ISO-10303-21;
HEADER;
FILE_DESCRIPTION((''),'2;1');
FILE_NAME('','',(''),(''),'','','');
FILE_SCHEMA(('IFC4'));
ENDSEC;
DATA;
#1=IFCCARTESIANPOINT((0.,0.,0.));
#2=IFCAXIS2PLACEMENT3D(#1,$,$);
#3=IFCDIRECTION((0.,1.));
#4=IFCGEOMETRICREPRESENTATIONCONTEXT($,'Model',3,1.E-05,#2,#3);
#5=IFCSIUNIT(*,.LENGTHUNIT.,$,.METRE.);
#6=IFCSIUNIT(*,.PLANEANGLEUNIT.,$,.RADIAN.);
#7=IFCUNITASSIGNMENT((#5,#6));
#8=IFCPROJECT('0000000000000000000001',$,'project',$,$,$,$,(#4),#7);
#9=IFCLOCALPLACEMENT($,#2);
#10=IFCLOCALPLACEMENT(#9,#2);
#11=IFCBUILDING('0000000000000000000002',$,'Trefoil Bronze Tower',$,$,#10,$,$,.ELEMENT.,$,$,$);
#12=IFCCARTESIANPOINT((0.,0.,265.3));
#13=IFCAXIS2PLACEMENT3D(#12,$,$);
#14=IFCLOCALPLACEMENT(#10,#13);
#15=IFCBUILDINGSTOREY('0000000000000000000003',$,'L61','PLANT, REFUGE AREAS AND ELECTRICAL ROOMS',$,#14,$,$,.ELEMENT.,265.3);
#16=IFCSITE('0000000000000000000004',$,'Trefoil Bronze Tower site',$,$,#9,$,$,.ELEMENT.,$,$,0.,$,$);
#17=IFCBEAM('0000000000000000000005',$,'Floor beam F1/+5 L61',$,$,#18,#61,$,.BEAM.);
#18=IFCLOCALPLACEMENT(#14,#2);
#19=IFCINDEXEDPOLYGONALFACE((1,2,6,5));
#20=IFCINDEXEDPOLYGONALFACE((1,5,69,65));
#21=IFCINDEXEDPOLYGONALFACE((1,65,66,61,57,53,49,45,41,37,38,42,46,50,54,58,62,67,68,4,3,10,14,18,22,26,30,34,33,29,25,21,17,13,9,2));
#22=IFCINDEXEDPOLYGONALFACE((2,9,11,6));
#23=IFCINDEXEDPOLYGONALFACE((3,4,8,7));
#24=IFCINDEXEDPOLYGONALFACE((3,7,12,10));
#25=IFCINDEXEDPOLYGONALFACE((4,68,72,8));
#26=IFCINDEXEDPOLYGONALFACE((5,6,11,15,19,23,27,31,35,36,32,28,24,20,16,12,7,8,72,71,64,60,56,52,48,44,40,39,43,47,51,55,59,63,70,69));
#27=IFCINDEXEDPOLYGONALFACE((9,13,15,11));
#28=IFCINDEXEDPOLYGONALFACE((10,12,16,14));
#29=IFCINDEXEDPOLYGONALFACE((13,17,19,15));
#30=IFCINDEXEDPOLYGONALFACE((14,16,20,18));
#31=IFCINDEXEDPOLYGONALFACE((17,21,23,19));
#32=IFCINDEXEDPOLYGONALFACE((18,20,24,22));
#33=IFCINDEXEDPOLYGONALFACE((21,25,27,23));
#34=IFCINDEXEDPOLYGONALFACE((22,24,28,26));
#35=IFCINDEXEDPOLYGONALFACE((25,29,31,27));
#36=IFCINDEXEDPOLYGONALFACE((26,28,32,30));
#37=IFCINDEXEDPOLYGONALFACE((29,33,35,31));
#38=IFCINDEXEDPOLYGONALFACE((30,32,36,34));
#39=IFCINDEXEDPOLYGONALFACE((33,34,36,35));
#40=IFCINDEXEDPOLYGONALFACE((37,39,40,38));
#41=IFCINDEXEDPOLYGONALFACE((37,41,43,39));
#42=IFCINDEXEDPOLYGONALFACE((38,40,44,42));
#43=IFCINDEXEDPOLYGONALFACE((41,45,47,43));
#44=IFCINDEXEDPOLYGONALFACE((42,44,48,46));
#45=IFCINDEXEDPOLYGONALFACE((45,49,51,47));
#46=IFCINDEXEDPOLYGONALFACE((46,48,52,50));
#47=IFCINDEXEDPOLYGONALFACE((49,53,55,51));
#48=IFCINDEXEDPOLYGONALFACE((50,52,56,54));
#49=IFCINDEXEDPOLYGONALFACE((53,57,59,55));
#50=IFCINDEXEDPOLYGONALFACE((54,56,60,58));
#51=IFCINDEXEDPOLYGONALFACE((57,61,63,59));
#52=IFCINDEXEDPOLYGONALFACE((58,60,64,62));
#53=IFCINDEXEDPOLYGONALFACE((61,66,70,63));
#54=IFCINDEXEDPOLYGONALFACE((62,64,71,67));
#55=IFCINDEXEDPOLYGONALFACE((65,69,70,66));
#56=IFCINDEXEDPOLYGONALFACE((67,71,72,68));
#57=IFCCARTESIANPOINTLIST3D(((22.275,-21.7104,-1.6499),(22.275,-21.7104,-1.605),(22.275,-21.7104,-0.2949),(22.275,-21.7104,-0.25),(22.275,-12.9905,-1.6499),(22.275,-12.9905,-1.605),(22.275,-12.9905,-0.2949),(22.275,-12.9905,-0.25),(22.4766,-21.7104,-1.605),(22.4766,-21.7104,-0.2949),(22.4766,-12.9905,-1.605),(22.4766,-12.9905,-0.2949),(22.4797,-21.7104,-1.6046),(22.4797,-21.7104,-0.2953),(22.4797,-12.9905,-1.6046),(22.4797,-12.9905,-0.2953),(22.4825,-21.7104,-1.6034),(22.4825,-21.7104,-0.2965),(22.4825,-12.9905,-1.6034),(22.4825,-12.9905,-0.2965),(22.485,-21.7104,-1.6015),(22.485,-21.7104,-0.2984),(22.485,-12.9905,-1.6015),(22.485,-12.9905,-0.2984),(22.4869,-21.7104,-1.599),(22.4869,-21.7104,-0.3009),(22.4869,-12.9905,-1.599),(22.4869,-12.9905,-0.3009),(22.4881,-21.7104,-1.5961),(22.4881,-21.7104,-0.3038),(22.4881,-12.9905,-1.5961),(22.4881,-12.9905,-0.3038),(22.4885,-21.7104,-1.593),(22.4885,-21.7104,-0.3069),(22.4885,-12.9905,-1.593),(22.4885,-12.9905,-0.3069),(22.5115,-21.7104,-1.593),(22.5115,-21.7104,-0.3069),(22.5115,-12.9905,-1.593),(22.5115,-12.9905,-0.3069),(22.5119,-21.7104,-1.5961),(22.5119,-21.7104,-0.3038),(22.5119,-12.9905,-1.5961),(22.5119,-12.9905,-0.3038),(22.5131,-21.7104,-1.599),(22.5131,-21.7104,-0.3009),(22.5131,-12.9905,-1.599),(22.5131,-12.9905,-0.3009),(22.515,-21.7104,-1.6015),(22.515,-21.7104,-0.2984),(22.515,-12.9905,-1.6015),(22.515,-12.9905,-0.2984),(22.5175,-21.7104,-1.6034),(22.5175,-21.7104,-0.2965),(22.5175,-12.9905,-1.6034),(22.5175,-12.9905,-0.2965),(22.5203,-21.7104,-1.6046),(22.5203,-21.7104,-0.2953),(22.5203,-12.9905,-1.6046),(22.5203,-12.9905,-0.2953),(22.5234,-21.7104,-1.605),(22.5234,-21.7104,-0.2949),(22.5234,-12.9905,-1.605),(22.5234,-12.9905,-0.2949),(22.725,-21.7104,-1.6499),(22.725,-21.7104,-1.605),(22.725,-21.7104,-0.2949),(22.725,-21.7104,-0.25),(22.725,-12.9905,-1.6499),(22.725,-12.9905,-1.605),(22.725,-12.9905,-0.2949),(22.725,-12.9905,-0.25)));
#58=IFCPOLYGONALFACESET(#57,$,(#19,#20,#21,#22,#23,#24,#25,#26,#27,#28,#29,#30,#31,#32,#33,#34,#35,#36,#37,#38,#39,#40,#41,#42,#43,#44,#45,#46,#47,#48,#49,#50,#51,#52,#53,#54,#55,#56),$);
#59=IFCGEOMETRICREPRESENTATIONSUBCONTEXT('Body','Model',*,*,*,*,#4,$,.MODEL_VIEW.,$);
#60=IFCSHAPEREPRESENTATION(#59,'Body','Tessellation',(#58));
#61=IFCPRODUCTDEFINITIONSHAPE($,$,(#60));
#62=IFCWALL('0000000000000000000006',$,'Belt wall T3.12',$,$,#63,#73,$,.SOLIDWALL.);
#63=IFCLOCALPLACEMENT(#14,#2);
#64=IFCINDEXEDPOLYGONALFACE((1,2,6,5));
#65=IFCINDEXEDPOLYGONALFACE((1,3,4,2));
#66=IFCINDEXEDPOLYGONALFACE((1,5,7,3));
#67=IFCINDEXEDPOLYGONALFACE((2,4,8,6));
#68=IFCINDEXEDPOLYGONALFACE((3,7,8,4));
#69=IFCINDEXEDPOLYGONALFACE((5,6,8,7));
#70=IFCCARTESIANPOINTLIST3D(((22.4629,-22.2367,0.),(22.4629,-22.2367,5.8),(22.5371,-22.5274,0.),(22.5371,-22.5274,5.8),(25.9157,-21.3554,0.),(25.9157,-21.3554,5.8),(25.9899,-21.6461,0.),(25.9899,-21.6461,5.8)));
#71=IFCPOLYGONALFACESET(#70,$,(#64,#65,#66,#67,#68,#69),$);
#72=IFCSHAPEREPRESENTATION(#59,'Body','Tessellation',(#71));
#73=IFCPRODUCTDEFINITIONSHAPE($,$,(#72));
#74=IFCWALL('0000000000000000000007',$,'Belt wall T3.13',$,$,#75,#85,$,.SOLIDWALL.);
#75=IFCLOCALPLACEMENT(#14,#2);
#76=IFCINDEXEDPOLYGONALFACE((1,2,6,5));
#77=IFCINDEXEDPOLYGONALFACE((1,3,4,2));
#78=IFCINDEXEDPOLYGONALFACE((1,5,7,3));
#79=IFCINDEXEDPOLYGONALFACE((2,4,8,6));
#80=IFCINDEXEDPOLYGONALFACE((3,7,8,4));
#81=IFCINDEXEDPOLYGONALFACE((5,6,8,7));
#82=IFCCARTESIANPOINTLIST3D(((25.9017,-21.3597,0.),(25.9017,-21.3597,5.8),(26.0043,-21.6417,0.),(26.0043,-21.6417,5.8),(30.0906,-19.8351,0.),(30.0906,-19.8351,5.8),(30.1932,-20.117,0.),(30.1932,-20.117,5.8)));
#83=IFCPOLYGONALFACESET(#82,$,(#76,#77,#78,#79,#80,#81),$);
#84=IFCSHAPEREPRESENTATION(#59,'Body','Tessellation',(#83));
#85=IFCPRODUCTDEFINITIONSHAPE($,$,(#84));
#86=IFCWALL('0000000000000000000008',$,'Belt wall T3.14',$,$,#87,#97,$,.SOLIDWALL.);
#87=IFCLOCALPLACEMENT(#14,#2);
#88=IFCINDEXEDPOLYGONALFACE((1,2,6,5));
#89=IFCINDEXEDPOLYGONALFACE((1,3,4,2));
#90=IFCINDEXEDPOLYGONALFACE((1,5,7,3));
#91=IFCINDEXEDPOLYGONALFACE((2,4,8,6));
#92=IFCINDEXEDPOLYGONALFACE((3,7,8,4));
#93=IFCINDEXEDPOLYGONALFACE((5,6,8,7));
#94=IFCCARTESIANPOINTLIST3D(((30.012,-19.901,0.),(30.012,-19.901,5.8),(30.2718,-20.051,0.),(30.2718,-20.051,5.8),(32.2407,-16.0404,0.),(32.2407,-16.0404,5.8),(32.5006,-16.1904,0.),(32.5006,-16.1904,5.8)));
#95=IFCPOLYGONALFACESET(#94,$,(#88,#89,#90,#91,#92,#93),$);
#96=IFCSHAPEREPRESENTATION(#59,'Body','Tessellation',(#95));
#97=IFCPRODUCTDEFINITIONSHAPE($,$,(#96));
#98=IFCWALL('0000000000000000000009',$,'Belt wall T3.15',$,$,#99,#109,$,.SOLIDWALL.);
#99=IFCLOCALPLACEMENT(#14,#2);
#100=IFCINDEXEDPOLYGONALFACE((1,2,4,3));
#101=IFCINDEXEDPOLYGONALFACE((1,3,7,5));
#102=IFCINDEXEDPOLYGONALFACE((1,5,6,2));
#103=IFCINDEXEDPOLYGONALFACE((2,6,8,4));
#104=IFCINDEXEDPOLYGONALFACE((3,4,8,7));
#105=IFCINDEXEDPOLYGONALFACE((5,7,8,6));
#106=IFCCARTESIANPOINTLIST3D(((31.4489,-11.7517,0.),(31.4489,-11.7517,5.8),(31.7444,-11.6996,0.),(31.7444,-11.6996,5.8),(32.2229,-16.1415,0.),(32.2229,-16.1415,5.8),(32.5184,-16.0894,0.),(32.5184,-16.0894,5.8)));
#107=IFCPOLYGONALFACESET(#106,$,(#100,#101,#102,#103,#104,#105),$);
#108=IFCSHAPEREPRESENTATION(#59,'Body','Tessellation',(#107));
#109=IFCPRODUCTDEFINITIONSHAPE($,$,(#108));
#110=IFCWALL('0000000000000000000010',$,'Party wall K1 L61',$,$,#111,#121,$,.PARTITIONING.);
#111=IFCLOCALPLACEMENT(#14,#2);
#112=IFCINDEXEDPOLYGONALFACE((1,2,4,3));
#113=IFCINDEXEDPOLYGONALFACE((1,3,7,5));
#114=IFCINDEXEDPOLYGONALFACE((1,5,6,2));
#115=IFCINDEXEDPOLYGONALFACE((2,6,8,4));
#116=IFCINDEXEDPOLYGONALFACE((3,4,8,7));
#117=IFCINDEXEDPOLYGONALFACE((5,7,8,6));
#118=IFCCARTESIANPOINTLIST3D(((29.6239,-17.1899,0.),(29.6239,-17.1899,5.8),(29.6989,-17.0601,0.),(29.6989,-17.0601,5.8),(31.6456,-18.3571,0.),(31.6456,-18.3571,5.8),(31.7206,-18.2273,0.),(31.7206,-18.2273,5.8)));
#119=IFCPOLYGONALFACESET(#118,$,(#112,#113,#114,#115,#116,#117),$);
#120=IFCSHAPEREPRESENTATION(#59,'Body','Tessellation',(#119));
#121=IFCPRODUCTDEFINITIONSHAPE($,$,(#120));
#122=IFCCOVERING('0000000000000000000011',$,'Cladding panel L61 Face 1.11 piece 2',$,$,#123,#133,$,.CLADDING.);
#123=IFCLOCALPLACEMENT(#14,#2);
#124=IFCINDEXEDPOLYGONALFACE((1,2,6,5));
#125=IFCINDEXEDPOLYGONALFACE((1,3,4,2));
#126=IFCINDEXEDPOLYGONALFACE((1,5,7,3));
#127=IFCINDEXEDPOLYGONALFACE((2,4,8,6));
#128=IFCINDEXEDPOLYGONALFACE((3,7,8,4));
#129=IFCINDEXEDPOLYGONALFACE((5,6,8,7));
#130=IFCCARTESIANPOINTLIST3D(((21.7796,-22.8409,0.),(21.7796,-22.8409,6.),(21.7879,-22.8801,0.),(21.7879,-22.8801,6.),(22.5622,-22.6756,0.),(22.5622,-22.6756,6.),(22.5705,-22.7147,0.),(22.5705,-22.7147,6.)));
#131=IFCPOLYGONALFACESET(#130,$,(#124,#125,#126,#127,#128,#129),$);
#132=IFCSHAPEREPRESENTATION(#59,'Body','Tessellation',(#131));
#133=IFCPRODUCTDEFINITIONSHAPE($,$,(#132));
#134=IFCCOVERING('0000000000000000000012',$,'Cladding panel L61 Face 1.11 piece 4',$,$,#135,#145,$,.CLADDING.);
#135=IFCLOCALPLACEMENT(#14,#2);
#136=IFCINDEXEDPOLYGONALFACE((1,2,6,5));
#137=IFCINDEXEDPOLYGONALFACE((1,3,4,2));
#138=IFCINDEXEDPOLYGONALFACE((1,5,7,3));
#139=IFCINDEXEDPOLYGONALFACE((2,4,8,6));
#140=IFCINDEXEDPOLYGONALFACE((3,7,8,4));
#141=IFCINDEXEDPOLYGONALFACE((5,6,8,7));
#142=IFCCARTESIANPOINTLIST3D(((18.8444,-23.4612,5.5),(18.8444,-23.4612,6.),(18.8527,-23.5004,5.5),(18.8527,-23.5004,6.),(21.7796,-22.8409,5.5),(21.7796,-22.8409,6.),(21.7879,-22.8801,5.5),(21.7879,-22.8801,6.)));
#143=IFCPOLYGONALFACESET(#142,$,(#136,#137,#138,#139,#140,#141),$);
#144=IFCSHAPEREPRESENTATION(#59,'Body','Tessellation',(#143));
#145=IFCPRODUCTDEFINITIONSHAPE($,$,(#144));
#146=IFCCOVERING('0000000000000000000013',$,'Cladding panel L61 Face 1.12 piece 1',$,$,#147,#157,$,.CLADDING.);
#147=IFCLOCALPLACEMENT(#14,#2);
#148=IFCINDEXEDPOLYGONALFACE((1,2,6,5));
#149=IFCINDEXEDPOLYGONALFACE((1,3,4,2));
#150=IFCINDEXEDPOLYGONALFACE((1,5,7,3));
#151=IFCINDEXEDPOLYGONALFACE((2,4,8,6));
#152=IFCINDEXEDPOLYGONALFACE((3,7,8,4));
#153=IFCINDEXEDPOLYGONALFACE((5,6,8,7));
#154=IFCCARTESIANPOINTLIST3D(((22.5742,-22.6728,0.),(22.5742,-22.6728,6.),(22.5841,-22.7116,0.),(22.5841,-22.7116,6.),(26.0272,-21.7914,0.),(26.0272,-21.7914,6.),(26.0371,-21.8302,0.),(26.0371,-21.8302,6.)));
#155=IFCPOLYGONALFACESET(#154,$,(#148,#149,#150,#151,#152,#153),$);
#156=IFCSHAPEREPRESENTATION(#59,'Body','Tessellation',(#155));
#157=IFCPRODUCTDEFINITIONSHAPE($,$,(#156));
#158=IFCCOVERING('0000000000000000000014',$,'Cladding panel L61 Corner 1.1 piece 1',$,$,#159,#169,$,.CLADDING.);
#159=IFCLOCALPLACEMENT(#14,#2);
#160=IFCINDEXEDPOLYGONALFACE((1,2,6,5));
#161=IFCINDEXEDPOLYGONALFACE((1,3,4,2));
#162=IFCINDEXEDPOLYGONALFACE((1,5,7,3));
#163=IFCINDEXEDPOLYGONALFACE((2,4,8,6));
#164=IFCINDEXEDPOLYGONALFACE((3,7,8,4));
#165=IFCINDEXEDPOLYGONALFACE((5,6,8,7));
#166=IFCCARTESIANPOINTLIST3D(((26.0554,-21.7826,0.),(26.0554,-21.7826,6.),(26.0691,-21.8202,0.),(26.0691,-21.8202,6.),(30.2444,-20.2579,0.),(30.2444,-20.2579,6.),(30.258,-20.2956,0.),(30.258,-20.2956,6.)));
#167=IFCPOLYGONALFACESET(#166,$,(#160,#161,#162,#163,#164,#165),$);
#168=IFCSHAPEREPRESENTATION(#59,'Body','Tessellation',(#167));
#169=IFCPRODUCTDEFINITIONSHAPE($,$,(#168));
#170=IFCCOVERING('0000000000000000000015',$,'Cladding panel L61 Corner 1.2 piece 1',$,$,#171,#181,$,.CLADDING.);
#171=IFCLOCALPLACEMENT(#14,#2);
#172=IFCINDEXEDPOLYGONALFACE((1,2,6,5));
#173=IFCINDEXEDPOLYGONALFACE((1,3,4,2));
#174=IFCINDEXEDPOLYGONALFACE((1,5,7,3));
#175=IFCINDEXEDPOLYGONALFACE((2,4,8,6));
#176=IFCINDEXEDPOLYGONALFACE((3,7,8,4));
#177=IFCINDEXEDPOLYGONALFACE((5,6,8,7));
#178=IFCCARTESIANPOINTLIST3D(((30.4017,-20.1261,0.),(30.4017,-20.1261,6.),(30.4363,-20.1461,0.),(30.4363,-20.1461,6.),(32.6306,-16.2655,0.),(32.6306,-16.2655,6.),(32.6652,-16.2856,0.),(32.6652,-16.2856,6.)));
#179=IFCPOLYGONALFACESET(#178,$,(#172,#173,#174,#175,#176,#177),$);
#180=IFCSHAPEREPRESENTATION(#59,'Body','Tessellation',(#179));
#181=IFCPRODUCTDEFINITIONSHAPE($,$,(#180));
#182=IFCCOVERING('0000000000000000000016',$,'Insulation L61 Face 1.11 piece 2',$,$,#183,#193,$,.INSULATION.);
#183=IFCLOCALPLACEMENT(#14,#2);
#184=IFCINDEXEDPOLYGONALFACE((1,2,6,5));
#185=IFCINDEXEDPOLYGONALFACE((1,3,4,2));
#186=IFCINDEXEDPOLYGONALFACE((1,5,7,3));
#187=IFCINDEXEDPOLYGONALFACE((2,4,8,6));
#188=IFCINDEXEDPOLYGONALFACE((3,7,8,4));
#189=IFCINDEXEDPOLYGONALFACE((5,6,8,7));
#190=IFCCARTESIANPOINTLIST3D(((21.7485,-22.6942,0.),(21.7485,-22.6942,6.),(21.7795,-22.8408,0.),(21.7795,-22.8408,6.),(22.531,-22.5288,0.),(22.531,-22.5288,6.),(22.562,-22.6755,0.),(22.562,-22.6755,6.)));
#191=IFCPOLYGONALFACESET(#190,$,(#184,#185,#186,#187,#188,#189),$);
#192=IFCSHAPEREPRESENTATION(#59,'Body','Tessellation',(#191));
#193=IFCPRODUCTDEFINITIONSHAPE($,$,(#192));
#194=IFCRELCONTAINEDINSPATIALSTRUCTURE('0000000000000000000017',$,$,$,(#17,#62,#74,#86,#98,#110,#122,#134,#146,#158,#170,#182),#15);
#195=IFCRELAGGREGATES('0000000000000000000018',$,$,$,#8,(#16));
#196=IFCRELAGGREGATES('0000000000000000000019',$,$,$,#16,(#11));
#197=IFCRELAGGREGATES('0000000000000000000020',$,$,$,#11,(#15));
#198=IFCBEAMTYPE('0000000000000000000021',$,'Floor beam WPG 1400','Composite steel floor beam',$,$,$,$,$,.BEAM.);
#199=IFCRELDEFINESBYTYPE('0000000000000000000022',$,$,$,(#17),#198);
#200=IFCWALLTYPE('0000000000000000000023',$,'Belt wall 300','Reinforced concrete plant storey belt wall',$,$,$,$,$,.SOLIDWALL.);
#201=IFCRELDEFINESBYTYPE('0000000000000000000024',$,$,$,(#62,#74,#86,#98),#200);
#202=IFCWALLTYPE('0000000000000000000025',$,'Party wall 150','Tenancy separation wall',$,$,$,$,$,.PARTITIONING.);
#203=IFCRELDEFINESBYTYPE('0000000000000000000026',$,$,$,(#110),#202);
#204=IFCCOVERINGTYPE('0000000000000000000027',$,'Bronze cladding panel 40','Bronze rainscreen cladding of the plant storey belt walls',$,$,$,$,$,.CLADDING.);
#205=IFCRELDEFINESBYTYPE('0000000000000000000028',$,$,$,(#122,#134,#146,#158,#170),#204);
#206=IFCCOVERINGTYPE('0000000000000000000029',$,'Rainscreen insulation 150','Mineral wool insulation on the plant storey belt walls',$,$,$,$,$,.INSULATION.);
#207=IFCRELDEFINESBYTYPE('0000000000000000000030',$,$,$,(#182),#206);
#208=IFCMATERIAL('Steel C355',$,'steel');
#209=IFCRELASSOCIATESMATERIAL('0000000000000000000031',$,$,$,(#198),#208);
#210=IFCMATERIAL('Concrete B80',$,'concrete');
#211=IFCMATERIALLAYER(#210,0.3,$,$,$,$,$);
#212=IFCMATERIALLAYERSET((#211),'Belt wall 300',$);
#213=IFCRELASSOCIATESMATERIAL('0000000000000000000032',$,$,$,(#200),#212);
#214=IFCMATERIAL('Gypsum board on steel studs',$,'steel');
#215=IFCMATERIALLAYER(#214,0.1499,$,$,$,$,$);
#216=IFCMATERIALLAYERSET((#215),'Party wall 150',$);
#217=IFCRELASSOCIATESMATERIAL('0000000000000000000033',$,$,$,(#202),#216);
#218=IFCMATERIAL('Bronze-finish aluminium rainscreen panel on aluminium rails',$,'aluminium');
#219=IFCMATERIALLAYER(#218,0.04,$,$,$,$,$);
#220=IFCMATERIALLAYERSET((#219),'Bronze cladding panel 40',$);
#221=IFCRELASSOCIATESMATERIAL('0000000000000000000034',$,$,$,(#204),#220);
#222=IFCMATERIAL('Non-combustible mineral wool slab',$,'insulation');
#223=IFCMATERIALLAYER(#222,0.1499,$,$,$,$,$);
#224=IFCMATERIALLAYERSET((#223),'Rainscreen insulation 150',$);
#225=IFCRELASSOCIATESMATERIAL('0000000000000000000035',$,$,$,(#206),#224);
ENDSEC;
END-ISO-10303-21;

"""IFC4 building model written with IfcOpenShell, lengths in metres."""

from ifc_helpers import new_model, si_unit, direction, frame, frame_2d, origin, origin_2d, place, context, subcontext, project, spatial, rectangle, i_section, extrude, material, layer, layer_set, material_profile, profile_set, type_object, element, save


model = new_model("IFC4")

# Units and contexts
model_context = context("Model", 3, precision=1e-05, world=origin(), true_north=direction((0.0, 1.0)))
body_context = subcontext(model_context, "Body", "Model", "MODEL_VIEW")
ifc_project = project(units=[si_unit("LENGTHUNIT", "METRE"), si_unit("PLANEANGLEUNIT", "RADIAN")], contexts=[model_context])

# Site, building, storey
site_placement = place(None, origin())
site = spatial("IfcSite", under=ifc_project, at=site_placement, Name="Trefoil Bronze Tower site", CompositionType="ELEMENT", RefElevation=0.0)
building_placement = place(site_placement, origin())
building = spatial("IfcBuilding", under=site, at=building_placement, Name="Trefoil Bronze Tower", CompositionType="ELEMENT")
storey_placement = place(building_placement, frame((0.0, 0.0, 265.3)))
storey = spatial("IfcBuildingStorey", under=building, at=storey_placement, Name="L61", Description="PLANT, REFUGE AREAS AND ELECTRICAL ROOMS", CompositionType="ELEMENT", Elevation=265.3)

# Beam
ifc_material_1 = material(Name="Steel C355", Category="steel")
ifc_material_profile_1 = material_profile(ifc_material_1, i_section(OverallWidth=0.45, OverallDepth=1.3999, WebThickness=0.0229, FlangeThickness=0.0449, FilletRadius=0.012, at=origin_2d()), Name="WPG 1400")
ifc_profile_set_1 = profile_set([ifc_material_profile_1], Name="Steel C355")
beam_type_1 = type_object("IfcBeamType", Name="Floor beam WPG 1400", Description="Composite steel floor beam", PredefinedType="BEAM", material=ifc_profile_set_1)
beam_1_placement = place(storey_placement, frame((22.5, -21.7104, -0.95), z_axis=(0.0, 1.0, 0.0), x_axis=(-1.0, 0.0, 0.0)))
element("IfcBeam", 1, at=beam_1_placement, inside=storey, type_object=beam_type_1, Name="Floor beam F1/+5 L61", PredefinedType="BEAM", context=body_context, shape_type="SweptSolid", body=[
    extrude(i_section(OverallWidth=0.45, OverallDepth=1.3999, WebThickness=0.0229, FlangeThickness=0.0449, FilletRadius=0.012, at=origin_2d()), origin(), (0.0, 0.0, 1.0), 8.72),
])

# Walls
ifc_material_2 = material(Name="Concrete B80", Category="concrete")
ifc_layer_1 = layer(ifc_material_2, 0.3)
ifc_layer_set_1 = layer_set([ifc_layer_1], Name="Belt wall 300")
wall_type_1 = type_object("IfcWallType", Name="Belt wall 300", Description="Reinforced concrete plant storey belt wall", PredefinedType="SOLIDWALL", material=ifc_layer_set_1)
wall_1_placement = place(storey_placement, frame((22.5, -22.3821, 0.0), z_axis=(0.0, 0.0, 1.0), x_axis=(0.968934, 0.24732, 0.0)))
element("IfcWall", 2, at=wall_1_placement, inside=storey, type_object=wall_type_1, Name="Belt wall T3.12", PredefinedType="SOLIDWALL", context=body_context, shape_type="SweptSolid", body=[
    extrude(rectangle(XDim=3.5635, YDim=0.3, at=frame_2d((1.7817, 0.0))), origin(), (0.0, 0.0, 1.0), 5.8),
])
for number, where, z_axis, x_axis, name in (
    (3, (25.9529, -21.5007, 0.0), (0.0, 0.0, 1.0), (0.939693, 0.34202, 0.0), "Belt wall T3.13"),
    (4, (30.1418, -19.9761, 0.0), (0.0, 0.0, 1.0), (0.499974, 0.866041, 0.0), "Belt wall T3.14"),
):
    element("IfcWall", number, at=place(storey_placement, frame(where, z_axis=z_axis, x_axis=x_axis)), inside=storey, type_object=wall_type_1, Name=name, PredefinedType="SOLIDWALL", context=body_context, shape_type="SweptSolid", body=[
        extrude(rectangle(XDim=4.4578, YDim=0.3, at=frame_2d((2.229, 0.0))), origin(), (0.0, 0.0, 1.0), 5.8),
    ])
wall_2_placement = place(storey_placement, frame((32.3706, -16.1155, 0.0), z_axis=(0.0, 0.0, 1.0), x_axis=(-0.17362, 0.984813, 0.0)))
element("IfcWall", 5, at=wall_2_placement, inside=storey, type_object=wall_type_1, Name="Belt wall T3.15", PredefinedType="SOLIDWALL", context=body_context, shape_type="SweptSolid", body=[
    extrude(rectangle(XDim=4.4575, YDim=0.3, at=frame_2d((2.2288, 0.0))), origin(), (0.0, 0.0, 1.0), 5.8),
])
ifc_material_3 = material(Name="Gypsum board on steel studs", Category="steel")
ifc_layer_2 = layer(ifc_material_3, 0.1499)
ifc_layer_set_2 = layer_set([ifc_layer_2], Name="Party wall 150")
wall_type_2 = type_object("IfcWallType", Name="Party wall 150", Description="Tenancy separation wall", PredefinedType="PARTITIONING", material=ifc_layer_set_2)
wall_3_placement = place(storey_placement, frame((29.6614, -17.125, 0.0), z_axis=(0.0, 0.0, 1.0), x_axis=(0.866027, -0.499997, 0.0)))
element("IfcWall", 6, at=wall_3_placement, inside=storey, type_object=wall_type_2, Name="Party wall K1 L61", PredefinedType="PARTITIONING", context=body_context, shape_type="SweptSolid", body=[
    extrude(rectangle(XDim=2.3345, YDim=0.1499, at=frame_2d((1.1672, 0.0))), origin(), (0.0, 0.0, 1.0), 5.8),
])

# Coverings
ifc_material_4 = material(Name="Bronze-finish aluminium rainscreen panel on aluminium rails", Category="aluminium")
ifc_layer_3 = layer(ifc_material_4, 0.04)
ifc_layer_set_3 = layer_set([ifc_layer_3], Name="Bronze cladding panel 40")
covering_type_1 = type_object("IfcCoveringType", Name="Bronze cladding panel 40", Description="Bronze rainscreen cladding of the plant storey belt walls", PredefinedType="CLADDING", material=ifc_layer_set_3)
covering_1_placement = place(storey_placement, frame((22.175, -22.7778, 0.0), z_axis=(0.0, 0.0, 1.0), x_axis=(0.978394, 0.206747, 0.0)))
element("IfcCovering", 7, at=covering_1_placement, inside=storey, type_object=covering_type_1, Name="Cladding panel L61 Face 1.11 piece 2", PredefinedType="CLADDING", context=body_context, shape_type="SweptSolid", body=[
    extrude(rectangle(XDim=0.7998, YDim=0.04, at=origin_2d()), origin(), (0.0, 0.0, 1.0), 6.0),
])
covering_2_placement = place(storey_placement, frame((20.3162, -23.1707, 5.5), z_axis=(0.0, 0.0, 1.0), x_axis=(0.978394, 0.206747, 0.0)))
element("IfcCovering", 8, at=covering_2_placement, inside=storey, type_object=covering_type_1, Name="Cladding panel L61 Face 1.11 piece 4", PredefinedType="CLADDING", context=body_context, shape_type="SweptSolid", body=[
    extrude(rectangle(XDim=3.0, YDim=0.04, at=origin_2d()), origin(), (0.0, 0.0, 1.0), 0.5),
])
covering_3_placement = place(storey_placement, frame((24.3057, -22.2515, 0.0), z_axis=(0.0, 0.0, 1.0), x_axis=(0.968934, 0.247319, 0.0)))
element("IfcCovering", 9, at=covering_3_placement, inside=storey, type_object=covering_type_1, Name="Cladding panel L61 Face 1.12 piece 1", PredefinedType="CLADDING", context=body_context, shape_type="SweptSolid", body=[
    extrude(rectangle(XDim=3.5637, YDim=0.04, at=origin_2d()), origin(), (0.0, 0.0, 1.0), 6.0),
])
for number, where, z_axis, x_axis, name in (
    (10, (28.1567, -21.0391, 0.0), (0.0, 0.0, 1.0), (0.939693, 0.34202, 0.0), "Cladding panel L61 Corner 1.1 piece 1"),
    (11, (31.5334, -18.2058, 0.0), (0.0, 0.0, 1.0), (0.5, 0.866025, 0.0), "Cladding panel L61 Corner 1.2 piece 1"),
):
    element("IfcCovering", number, at=place(storey_placement, frame(where, z_axis=z_axis, x_axis=x_axis)), inside=storey, type_object=covering_type_1, Name=name, PredefinedType="CLADDING", context=body_context, shape_type="SweptSolid", body=[
        extrude(rectangle(XDim=4.4578, YDim=0.04, at=origin_2d()), origin(), (0.0, 0.0, 1.0), 6.0),
    ])
ifc_material_5 = material(Name="Non-combustible mineral wool slab", Category="insulation")
ifc_layer_4 = layer(ifc_material_5, 0.1499)
ifc_layer_set_4 = layer_set([ifc_layer_4], Name="Rainscreen insulation 150")
covering_type_2 = type_object("IfcCoveringType", Name="Rainscreen insulation 150", Description="Mineral wool insulation on the plant storey belt walls", PredefinedType="INSULATION", material=ifc_layer_set_4)
covering_4_placement = place(storey_placement, frame((22.1553, -22.6848, 0.0), z_axis=(0.0, 0.0, 1.0), x_axis=(0.978394, 0.206747, 0.0)))
element("IfcCovering", 12, at=covering_4_placement, inside=storey, type_object=covering_type_2, Name="Insulation L61 Face 1.11 piece 2", PredefinedType="INSULATION", context=body_context, shape_type="SweptSolid", body=[
    extrude(rectangle(XDim=0.7998, YDim=0.1499, at=origin_2d()), origin(), (0.0, 0.0, 1.0), 6.0),
])

save(model, "model.ifc")
